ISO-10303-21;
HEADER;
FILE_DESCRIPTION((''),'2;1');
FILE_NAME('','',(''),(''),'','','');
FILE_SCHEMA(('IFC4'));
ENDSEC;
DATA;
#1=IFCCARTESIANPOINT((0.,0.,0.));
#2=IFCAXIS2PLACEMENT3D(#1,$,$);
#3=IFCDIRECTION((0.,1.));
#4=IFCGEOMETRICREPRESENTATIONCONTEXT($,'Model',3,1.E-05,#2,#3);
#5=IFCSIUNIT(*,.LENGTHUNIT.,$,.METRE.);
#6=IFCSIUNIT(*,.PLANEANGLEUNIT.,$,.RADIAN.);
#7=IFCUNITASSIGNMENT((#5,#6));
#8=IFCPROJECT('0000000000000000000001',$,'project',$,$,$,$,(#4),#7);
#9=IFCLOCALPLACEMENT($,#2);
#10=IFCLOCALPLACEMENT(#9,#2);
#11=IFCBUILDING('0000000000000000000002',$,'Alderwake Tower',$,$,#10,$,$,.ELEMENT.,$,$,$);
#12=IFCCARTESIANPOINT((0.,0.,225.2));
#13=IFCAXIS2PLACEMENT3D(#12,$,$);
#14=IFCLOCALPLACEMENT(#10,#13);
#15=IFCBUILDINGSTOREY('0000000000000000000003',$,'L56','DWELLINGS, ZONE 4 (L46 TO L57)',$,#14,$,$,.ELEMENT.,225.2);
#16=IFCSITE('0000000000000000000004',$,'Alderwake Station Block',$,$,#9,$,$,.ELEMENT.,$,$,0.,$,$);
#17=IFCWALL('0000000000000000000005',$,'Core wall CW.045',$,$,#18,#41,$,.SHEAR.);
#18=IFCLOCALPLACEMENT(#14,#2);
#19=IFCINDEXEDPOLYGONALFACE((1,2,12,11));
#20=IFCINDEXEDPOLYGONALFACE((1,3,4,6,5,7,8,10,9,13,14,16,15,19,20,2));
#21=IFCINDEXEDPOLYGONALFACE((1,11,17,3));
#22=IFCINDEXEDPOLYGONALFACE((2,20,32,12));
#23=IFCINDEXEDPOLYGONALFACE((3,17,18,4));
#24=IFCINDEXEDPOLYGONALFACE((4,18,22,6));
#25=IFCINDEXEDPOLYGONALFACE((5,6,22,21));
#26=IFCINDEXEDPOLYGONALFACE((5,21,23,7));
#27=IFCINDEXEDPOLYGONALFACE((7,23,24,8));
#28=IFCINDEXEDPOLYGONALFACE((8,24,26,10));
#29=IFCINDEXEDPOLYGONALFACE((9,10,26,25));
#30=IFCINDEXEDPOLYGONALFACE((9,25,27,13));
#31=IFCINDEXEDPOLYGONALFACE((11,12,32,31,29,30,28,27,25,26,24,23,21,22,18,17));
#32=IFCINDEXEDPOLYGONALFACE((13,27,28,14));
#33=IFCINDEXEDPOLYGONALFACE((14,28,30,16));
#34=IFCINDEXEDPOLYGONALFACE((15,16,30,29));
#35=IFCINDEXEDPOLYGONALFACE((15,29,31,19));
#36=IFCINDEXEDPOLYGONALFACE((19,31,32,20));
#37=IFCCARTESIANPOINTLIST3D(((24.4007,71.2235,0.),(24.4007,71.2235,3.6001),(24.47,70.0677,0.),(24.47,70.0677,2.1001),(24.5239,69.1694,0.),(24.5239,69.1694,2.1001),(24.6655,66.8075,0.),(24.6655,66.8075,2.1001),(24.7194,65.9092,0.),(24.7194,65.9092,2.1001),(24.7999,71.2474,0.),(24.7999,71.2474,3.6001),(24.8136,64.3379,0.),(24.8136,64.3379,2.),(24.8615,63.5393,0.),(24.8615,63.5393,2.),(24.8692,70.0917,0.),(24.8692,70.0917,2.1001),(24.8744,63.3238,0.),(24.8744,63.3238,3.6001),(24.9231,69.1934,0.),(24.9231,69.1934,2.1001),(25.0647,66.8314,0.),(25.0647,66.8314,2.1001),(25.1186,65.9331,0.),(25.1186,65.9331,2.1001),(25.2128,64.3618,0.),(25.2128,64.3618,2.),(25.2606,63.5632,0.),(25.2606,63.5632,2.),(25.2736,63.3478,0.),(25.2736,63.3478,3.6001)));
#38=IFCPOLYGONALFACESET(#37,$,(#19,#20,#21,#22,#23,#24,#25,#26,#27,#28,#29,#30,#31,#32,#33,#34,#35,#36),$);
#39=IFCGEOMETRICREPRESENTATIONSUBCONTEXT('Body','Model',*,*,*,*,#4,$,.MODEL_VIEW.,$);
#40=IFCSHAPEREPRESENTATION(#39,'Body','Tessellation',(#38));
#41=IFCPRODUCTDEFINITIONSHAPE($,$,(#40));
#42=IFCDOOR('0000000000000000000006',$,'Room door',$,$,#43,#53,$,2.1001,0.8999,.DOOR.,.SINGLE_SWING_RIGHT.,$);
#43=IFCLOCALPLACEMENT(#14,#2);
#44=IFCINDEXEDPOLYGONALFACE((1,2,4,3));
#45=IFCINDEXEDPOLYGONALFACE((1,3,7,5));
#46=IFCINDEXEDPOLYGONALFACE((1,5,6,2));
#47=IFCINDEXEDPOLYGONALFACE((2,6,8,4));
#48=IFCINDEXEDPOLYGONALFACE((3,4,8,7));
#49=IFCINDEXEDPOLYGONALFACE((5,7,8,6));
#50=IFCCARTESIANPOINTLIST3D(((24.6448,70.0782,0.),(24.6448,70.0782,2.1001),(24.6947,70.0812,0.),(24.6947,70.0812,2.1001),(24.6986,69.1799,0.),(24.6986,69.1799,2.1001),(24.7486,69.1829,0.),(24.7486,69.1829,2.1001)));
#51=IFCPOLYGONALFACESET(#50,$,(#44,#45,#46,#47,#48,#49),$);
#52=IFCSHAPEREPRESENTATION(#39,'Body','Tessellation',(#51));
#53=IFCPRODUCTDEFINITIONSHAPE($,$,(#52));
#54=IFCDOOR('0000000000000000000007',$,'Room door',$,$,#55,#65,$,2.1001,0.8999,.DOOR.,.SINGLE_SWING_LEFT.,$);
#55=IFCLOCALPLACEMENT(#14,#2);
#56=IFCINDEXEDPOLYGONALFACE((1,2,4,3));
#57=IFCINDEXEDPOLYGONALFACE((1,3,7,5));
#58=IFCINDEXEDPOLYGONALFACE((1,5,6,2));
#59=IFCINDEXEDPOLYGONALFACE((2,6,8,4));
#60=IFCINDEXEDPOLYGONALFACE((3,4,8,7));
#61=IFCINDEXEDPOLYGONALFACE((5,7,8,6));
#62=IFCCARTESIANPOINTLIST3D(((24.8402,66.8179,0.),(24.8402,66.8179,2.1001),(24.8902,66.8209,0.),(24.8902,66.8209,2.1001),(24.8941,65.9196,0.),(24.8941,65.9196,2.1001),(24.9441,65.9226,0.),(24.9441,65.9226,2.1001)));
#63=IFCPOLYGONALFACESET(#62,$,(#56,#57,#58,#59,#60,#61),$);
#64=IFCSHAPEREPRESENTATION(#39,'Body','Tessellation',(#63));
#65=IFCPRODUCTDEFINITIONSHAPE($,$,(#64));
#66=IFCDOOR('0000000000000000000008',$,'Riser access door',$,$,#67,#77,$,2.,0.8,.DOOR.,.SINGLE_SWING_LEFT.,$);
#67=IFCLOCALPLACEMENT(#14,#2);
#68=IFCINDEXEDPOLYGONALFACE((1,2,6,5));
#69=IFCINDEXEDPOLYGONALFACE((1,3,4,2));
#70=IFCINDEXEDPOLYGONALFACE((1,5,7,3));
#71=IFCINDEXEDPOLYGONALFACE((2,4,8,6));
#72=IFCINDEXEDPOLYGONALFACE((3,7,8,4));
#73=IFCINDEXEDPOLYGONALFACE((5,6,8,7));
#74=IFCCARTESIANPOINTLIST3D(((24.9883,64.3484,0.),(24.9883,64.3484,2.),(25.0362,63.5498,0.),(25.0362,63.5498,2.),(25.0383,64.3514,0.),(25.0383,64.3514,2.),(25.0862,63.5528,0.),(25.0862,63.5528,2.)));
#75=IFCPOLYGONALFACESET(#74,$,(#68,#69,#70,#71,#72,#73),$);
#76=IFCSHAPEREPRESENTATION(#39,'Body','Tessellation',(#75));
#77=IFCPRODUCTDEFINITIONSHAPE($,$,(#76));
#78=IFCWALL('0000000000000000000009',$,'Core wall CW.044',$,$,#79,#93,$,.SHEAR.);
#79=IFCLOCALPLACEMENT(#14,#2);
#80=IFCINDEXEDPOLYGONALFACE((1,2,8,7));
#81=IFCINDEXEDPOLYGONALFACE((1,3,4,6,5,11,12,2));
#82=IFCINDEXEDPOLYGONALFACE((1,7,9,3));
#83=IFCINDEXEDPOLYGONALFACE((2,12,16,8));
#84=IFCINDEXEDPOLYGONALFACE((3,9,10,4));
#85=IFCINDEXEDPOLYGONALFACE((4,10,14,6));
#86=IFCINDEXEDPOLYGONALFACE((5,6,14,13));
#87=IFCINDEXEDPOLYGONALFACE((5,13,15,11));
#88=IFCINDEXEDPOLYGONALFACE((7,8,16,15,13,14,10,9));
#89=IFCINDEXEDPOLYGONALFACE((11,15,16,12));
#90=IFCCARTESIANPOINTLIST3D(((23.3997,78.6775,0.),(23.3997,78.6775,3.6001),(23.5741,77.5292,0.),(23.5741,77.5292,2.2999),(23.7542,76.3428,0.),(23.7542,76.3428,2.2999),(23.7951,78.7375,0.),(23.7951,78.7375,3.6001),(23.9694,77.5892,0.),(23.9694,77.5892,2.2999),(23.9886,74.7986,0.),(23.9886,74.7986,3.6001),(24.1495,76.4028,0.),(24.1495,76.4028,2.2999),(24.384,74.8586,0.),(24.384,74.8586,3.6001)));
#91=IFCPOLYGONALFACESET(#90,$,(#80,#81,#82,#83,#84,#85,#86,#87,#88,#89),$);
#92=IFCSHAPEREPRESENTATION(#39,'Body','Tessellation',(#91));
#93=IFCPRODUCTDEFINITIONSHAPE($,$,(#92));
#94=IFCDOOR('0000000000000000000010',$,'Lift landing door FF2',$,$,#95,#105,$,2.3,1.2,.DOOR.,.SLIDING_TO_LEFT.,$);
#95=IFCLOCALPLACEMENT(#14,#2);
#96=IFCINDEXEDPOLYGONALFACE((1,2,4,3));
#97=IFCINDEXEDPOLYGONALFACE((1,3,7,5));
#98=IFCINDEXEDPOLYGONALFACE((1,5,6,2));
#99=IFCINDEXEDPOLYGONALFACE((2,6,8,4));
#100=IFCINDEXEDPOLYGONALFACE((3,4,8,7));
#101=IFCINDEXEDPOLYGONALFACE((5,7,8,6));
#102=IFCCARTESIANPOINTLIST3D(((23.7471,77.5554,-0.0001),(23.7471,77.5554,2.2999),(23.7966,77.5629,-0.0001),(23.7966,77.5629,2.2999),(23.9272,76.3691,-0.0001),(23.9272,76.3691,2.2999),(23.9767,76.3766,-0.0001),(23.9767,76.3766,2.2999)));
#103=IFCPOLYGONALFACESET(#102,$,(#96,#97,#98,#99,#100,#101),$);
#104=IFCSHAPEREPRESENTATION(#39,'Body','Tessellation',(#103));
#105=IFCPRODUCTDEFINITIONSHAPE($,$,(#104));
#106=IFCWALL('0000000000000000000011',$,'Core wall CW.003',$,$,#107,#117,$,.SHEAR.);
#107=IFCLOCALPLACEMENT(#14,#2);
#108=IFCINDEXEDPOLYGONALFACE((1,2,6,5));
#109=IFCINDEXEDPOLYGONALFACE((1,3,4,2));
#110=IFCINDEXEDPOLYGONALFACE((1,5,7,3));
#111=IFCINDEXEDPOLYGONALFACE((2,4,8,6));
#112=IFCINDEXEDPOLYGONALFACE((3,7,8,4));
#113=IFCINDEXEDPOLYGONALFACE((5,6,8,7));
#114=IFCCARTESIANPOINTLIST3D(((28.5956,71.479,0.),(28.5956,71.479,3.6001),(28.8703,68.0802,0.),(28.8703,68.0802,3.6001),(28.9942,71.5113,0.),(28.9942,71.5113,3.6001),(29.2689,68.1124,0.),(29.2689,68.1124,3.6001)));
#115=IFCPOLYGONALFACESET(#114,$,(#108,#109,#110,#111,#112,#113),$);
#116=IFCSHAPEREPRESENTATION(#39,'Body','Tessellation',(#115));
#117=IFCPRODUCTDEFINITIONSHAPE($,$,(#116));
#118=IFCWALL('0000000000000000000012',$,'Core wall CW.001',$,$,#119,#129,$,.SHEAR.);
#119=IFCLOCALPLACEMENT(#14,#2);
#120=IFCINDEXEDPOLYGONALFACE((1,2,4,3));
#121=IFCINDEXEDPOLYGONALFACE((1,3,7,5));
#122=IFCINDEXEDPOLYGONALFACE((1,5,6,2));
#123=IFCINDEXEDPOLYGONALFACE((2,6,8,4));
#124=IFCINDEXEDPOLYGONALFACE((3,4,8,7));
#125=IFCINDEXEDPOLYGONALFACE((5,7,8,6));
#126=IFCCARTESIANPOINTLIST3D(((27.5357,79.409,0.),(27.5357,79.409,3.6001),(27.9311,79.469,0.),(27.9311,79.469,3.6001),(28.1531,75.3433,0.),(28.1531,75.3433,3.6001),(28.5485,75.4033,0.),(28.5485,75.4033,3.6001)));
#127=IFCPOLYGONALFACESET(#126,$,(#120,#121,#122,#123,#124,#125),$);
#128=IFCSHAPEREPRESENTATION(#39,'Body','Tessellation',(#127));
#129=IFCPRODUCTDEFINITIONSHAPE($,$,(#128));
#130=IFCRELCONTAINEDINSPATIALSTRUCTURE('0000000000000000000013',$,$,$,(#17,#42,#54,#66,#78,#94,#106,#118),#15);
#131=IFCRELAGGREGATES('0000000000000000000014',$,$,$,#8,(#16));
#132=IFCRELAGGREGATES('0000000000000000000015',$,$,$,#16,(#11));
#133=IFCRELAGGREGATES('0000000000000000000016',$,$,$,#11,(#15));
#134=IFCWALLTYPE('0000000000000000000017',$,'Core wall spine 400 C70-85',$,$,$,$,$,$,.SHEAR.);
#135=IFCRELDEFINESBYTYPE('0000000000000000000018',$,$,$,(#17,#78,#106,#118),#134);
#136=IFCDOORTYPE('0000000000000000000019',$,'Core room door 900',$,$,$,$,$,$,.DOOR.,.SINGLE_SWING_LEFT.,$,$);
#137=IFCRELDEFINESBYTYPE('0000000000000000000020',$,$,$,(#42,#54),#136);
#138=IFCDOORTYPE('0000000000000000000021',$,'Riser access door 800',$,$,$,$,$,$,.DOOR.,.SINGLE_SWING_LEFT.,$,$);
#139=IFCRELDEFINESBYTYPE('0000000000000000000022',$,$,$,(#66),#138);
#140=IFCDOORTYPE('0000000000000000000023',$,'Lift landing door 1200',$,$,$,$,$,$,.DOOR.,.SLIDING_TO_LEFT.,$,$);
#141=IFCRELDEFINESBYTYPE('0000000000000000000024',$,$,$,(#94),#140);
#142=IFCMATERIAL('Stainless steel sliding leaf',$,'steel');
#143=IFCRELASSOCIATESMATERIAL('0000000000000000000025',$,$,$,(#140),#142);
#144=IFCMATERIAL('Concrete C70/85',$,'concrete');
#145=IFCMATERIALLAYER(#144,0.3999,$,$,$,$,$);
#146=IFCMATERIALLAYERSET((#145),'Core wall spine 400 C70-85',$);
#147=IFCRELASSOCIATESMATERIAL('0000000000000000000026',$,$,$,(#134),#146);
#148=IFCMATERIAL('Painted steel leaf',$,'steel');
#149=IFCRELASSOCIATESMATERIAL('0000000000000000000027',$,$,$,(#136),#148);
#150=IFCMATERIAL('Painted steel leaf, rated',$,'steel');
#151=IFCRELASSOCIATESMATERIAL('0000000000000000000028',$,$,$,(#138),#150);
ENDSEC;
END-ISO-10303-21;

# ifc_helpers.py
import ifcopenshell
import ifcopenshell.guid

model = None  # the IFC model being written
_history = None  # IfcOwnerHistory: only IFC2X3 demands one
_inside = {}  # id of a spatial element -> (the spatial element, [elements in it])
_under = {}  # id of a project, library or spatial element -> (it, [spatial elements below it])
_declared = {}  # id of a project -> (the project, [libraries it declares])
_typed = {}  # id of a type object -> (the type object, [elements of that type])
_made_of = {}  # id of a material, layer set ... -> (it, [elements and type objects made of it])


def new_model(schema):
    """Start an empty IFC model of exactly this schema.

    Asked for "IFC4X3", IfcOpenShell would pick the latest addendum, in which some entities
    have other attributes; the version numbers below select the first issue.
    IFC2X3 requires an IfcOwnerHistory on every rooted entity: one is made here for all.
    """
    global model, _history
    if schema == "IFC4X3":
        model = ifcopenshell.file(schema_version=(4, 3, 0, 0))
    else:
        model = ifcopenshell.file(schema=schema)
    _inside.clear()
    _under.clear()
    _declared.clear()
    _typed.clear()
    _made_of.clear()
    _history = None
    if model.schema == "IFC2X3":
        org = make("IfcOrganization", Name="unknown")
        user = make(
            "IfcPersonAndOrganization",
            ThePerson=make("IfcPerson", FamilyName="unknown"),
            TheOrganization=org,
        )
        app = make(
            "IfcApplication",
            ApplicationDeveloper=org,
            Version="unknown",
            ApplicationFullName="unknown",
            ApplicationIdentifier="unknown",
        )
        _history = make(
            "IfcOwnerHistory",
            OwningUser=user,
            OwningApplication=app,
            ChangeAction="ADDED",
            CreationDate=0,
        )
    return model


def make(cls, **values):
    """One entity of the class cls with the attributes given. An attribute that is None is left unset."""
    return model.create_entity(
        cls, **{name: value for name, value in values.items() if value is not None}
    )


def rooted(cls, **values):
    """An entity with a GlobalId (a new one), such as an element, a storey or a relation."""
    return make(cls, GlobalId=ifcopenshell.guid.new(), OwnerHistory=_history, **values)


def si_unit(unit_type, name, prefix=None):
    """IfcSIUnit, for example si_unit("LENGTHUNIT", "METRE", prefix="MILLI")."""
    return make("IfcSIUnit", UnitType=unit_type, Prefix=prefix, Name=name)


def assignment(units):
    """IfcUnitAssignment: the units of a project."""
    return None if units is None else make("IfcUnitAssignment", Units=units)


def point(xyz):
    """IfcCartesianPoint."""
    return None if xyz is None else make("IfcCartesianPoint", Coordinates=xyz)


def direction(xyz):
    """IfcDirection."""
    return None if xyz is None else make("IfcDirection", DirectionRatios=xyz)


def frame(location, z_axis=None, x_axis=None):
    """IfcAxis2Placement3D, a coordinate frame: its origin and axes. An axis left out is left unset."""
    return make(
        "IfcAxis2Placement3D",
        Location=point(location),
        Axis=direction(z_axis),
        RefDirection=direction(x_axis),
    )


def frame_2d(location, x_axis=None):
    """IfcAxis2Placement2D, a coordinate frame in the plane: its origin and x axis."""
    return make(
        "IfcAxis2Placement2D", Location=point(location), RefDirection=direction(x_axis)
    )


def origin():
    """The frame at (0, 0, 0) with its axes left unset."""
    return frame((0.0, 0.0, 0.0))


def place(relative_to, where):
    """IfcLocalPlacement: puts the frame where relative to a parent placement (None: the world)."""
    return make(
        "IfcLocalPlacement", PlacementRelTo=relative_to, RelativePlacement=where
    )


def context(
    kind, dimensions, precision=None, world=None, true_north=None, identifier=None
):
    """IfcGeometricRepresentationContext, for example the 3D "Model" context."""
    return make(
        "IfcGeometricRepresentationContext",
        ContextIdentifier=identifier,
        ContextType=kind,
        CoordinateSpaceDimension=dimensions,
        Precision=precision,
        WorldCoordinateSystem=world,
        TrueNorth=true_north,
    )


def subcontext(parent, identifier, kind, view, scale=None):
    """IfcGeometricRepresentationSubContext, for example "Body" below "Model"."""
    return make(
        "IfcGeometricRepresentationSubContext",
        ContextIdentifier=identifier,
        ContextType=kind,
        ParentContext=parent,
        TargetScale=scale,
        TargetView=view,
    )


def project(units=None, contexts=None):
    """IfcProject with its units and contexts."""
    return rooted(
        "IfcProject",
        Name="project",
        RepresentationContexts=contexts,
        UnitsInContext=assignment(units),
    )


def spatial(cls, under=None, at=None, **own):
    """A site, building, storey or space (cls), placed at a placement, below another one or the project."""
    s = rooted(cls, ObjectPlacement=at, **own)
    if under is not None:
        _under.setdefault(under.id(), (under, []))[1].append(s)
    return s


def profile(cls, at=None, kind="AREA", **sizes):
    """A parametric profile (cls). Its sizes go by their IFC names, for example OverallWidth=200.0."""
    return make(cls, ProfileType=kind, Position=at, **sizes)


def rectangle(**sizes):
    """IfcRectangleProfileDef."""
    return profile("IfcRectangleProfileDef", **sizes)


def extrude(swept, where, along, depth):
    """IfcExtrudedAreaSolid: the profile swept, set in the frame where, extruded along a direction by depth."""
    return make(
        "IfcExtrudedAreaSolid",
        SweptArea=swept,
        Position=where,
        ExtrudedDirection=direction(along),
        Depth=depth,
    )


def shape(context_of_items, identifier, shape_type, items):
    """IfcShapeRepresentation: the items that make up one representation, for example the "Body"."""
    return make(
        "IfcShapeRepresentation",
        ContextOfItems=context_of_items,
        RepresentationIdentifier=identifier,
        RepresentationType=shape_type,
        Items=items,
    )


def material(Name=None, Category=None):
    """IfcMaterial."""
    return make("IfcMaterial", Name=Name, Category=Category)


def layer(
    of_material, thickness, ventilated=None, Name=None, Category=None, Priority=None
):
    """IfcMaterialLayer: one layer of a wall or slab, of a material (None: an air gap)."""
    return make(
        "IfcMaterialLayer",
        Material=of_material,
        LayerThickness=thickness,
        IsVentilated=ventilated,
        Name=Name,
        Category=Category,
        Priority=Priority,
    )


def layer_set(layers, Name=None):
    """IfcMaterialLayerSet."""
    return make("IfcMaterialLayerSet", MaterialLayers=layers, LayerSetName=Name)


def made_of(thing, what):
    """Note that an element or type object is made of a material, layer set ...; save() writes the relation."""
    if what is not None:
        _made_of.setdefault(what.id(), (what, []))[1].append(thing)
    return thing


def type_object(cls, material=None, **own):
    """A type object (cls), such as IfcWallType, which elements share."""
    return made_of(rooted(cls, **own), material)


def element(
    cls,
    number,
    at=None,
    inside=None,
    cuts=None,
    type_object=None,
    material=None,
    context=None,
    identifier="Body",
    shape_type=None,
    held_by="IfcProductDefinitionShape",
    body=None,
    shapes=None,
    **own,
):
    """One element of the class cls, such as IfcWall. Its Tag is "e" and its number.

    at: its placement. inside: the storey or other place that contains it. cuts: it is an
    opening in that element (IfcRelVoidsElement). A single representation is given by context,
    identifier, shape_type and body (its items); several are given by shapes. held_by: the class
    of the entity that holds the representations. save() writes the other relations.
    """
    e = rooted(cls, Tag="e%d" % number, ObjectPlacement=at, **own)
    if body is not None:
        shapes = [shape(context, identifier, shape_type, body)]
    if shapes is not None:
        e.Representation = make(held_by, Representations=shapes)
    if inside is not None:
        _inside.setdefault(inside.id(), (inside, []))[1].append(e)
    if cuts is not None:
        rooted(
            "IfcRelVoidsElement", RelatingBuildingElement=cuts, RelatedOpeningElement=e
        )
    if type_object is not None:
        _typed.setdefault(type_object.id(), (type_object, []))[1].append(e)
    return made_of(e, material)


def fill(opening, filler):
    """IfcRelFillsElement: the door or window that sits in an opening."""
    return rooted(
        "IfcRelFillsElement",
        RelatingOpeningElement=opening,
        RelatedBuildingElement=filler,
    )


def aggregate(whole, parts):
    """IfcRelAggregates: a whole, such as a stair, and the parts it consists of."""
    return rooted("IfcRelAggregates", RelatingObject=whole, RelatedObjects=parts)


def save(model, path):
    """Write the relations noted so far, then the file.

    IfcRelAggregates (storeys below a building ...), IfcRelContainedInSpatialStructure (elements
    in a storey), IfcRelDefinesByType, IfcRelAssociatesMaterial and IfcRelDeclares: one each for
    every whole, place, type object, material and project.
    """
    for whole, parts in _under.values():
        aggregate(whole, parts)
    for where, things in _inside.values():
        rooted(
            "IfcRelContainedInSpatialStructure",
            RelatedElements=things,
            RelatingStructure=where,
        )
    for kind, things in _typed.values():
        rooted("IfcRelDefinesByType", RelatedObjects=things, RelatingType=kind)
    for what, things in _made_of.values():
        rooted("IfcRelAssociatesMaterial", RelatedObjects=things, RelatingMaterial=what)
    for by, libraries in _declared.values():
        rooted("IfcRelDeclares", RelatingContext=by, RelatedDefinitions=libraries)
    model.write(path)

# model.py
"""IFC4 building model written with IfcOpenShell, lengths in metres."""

from ifc_helpers import new_model, si_unit, direction, frame, frame_2d, origin, place, context, subcontext, project, spatial, rectangle, extrude, material, layer, layer_set, type_object, element, fill, save


model = new_model("IFC4")

# Units and contexts
model_context = context("Model", 3, precision=1e-05, world=origin(), true_north=direction((0.0, 1.0)))
body_context = subcontext(model_context, "Body", "Model", "MODEL_VIEW")
ifc_project = project(units=[si_unit("LENGTHUNIT", "METRE"), si_unit("PLANEANGLEUNIT", "RADIAN")], contexts=[model_context])

# Site, building, storey
site_placement = place(None, origin())
site = spatial("IfcSite", under=ifc_project, at=site_placement, Name="Alderwake Station Block", CompositionType="ELEMENT", RefElevation=0.0)
building_placement = place(site_placement, origin())
building = spatial("IfcBuilding", under=site, at=building_placement, Name="Alderwake Tower", CompositionType="ELEMENT")
storey_placement = place(building_placement, frame((0.0, 0.0, 225.2)))
storey = spatial("IfcBuildingStorey", under=building, at=storey_placement, Name="L56", Description="DWELLINGS, ZONE 4 (L46 TO L57)", CompositionType="ELEMENT", Elevation=225.2)

# Shared definitions
ifc_material_1 = material(Name="Stainless steel sliding leaf", Category="steel")
door_type_1 = type_object("IfcDoorType", Name="Lift landing door 1200", OperationType="SLIDING_TO_LEFT", PredefinedType="DOOR", material=ifc_material_1)

# Wall, openings, doors
ifc_material_2 = material(Name="Concrete C70/85", Category="concrete")
ifc_layer_1 = layer(ifc_material_2, 0.3999)
ifc_layer_set_1 = layer_set([ifc_layer_1], Name="Core wall spine 400 C70-85")
wall_type_1 = type_object("IfcWallType", Name="Core wall spine 400 C70-85", PredefinedType="SHEAR", material=ifc_layer_set_1)
wall_1_placement = place(storey_placement, frame((25.074, 63.3357, 0.0), z_axis=(0.0, 0.0, 1.0), x_axis=(-0.059849, 0.998207, 0.0)))
wall_1 = element("IfcWall", 1, at=wall_1_placement, inside=storey, type_object=wall_type_1, Name="Core wall CW.045", PredefinedType="SHEAR", context=body_context, shape_type="SweptSolid", body=[
    extrude(rectangle(XDim=7.9138, YDim=0.3999, at=frame_2d((3.957, 0.0))), origin(), (0.0, 0.0, 1.0), 3.6001),
])
opening_1_placement = place(wall_1_placement, frame((0.2161, 0.0, 0.0)))
opening_1 = element("IfcOpeningElement", 2, at=opening_1_placement, cuts=wall_1, PredefinedType="OPENING", context=body_context, shape_type="SweptSolid", body=[
    extrude(rectangle(XDim=0.8, YDim=2.0, at=frame_2d((0.3999, 1.0))), frame((0.0, 0.21, 0.0), z_axis=(0.0, -1.0, 0.0), x_axis=(1.0, 0.0, 0.0)), (0.0, 0.0, 1.0), 0.4199),
])
opening_2_placement = place(wall_1_placement, frame((5.8562, 0.0, 0.0)))
opening_2 = element("IfcOpeningElement", 3, at=opening_2_placement, cuts=wall_1, PredefinedType="OPENING", context=body_context, shape_type="SweptSolid", body=[
    extrude(rectangle(XDim=0.8999, YDim=2.1001, at=frame_2d((0.45, 1.05))), frame((0.0, 0.21, 0.0), z_axis=(0.0, -1.0, 0.0), x_axis=(1.0, 0.0, 0.0)), (0.0, 0.0, 1.0), 0.4199),
])
opening_3_placement = place(wall_1_placement, frame((2.5901, 0.0, 0.0)))
opening_3 = element("IfcOpeningElement", 4, at=opening_3_placement, cuts=wall_1, PredefinedType="OPENING", context=body_context, shape_type="SweptSolid", body=[
    extrude(rectangle(XDim=0.8999, YDim=2.1001, at=frame_2d((0.45, 1.05))), frame((0.0, 0.21, 0.0), z_axis=(0.0, -1.0, 0.0), x_axis=(1.0, 0.0, 0.0)), (0.0, 0.0, 1.0), 0.4199),
])
ifc_material_3 = material(Name="Painted steel leaf", Category="steel")
door_type_2 = type_object("IfcDoorType", Name="Core room door 900", OperationType="SINGLE_SWING_LEFT", PredefinedType="DOOR", material=ifc_material_3)
door_1_placement = place(opening_2_placement, origin())
door_1 = element("IfcDoor", 5, at=door_1_placement, inside=storey, type_object=door_type_2, Name="Room door", OperationType="SINGLE_SWING_RIGHT", OverallHeight=2.1001, OverallWidth=0.8999, PredefinedType="DOOR", context=body_context, shape_type="SweptSolid", body=[
    extrude(rectangle(XDim=0.8999, YDim=2.1001, at=frame_2d((0.45, 1.05))), frame((0.0, 0.0249, 0.0), z_axis=(0.0, -1.0, 0.0), x_axis=(1.0, 0.0, 0.0)), (0.0, 0.0, 1.0), 0.05),
])
fill(opening_2, door_1)
door_2_placement = place(opening_3_placement, origin())
door_2 = element("IfcDoor", 6, at=door_2_placement, inside=storey, type_object=door_type_2, Name="Room door", OperationType="SINGLE_SWING_LEFT", OverallHeight=2.1001, OverallWidth=0.8999, PredefinedType="DOOR", context=body_context, shape_type="SweptSolid", body=[
    extrude(rectangle(XDim=0.8999, YDim=2.1001, at=frame_2d((0.45, 1.05))), frame((0.0, 0.0249, 0.0), z_axis=(0.0, -1.0, 0.0), x_axis=(1.0, 0.0, 0.0)), (0.0, 0.0, 1.0), 0.05),
])
fill(opening_3, door_2)
ifc_material_4 = material(Name="Painted steel leaf, rated", Category="steel")
door_type_3 = type_object("IfcDoorType", Name="Riser access door 800", OperationType="SINGLE_SWING_LEFT", PredefinedType="DOOR", material=ifc_material_4)
door_3_placement = place(opening_1_placement, origin())
door_3 = element("IfcDoor", 7, at=door_3_placement, inside=storey, type_object=door_type_3, Name="Riser access door", OperationType="SINGLE_SWING_LEFT", OverallHeight=2.0, OverallWidth=0.8, PredefinedType="DOOR", context=body_context, shape_type="SweptSolid", body=[
    extrude(rectangle(XDim=0.8, YDim=2.0, at=frame_2d((0.3999, 1.0))), frame((0.0, 0.0249, 0.0), z_axis=(0.0, -1.0, 0.0), x_axis=(1.0, 0.0, 0.0)), (0.0, 0.0, 1.0), 0.05),
])
fill(opening_1, door_3)

# Wall, opening, door
wall_2_placement = place(storey_placement, frame((24.1863, 74.8286, 0.0), z_axis=(0.0, 0.0, 1.0), x_axis=(-0.150093, 0.988672, 0.0)))
wall_2 = element("IfcWall", 8, at=wall_2_placement, inside=storey, type_object=wall_type_1, Name="Core wall CW.044", PredefinedType="SHEAR", context=body_context, shape_type="SweptSolid", body=[
    extrude(rectangle(XDim=3.9233, YDim=0.3999, at=frame_2d((1.9617, 0.0))), origin(), (0.0, 0.0, 1.0), 3.6001),
])
opening_4_placement = place(wall_2_placement, frame((1.5618, 0.0, 0.0)))
opening_4 = element("IfcOpeningElement", 9, at=opening_4_placement, cuts=wall_2, PredefinedType="OPENING", context=body_context, shape_type="SweptSolid", body=[
    extrude(rectangle(XDim=1.2, YDim=2.3, at=frame_2d((0.6001, 1.1499))), frame((0.0, 0.21, 0.0), z_axis=(0.0, -1.0, 0.0), x_axis=(1.0, 0.0, 0.0)), (0.0, 0.0, 1.0), 0.4199),
])
door_4_placement = place(opening_4_placement, origin())
door_4 = element("IfcDoor", 10, at=door_4_placement, inside=storey, type_object=door_type_1, Name="Lift landing door FF2", OperationType="SLIDING_TO_LEFT", OverallHeight=2.3, OverallWidth=1.2, PredefinedType="DOOR", context=body_context, shape_type="SweptSolid", body=[
    extrude(rectangle(XDim=1.2, YDim=2.3, at=frame_2d((0.6001, 1.1499))), frame((0.0, 0.0249, 0.0), z_axis=(0.0, -1.0, 0.0), x_axis=(1.0, 0.0, 0.0)), (0.0, 0.0, 1.0), 0.05),
])
fill(opening_4, door_4)

# Walls
wall_3_placement = place(storey_placement, frame((29.0696, 68.0962, 0.0), z_axis=(0.0, 0.0, 1.0), x_axis=(-0.080545, 0.996751, 0.0)))
element("IfcWall", 11, at=wall_3_placement, inside=storey, type_object=wall_type_1, Name="Core wall CW.003", PredefinedType="SHEAR", context=body_context, shape_type="SweptSolid", body=[
    extrude(rectangle(XDim=3.4099, YDim=0.3999, at=frame_2d((1.7051, 0.0))), origin(), (0.0, 0.0, 1.0), 3.6001),
])
wall_4_placement = place(storey_placement, frame((28.3508, 75.3733, 0.0), z_axis=(0.0, 0.0, 1.0), x_axis=(-0.150143, 0.988664, 0.0)))
element("IfcWall", 12, at=wall_4_placement, inside=storey, type_object=wall_type_1, Name="Core wall CW.001", PredefinedType="SHEAR", context=body_context, shape_type="SweptSolid", body=[
    extrude(rectangle(XDim=4.1123, YDim=0.3999, at=frame_2d((2.0562, 0.0))), origin(), (0.0, 0.0, 1.0), 3.6001),
])

save(model, "model.ifc")
